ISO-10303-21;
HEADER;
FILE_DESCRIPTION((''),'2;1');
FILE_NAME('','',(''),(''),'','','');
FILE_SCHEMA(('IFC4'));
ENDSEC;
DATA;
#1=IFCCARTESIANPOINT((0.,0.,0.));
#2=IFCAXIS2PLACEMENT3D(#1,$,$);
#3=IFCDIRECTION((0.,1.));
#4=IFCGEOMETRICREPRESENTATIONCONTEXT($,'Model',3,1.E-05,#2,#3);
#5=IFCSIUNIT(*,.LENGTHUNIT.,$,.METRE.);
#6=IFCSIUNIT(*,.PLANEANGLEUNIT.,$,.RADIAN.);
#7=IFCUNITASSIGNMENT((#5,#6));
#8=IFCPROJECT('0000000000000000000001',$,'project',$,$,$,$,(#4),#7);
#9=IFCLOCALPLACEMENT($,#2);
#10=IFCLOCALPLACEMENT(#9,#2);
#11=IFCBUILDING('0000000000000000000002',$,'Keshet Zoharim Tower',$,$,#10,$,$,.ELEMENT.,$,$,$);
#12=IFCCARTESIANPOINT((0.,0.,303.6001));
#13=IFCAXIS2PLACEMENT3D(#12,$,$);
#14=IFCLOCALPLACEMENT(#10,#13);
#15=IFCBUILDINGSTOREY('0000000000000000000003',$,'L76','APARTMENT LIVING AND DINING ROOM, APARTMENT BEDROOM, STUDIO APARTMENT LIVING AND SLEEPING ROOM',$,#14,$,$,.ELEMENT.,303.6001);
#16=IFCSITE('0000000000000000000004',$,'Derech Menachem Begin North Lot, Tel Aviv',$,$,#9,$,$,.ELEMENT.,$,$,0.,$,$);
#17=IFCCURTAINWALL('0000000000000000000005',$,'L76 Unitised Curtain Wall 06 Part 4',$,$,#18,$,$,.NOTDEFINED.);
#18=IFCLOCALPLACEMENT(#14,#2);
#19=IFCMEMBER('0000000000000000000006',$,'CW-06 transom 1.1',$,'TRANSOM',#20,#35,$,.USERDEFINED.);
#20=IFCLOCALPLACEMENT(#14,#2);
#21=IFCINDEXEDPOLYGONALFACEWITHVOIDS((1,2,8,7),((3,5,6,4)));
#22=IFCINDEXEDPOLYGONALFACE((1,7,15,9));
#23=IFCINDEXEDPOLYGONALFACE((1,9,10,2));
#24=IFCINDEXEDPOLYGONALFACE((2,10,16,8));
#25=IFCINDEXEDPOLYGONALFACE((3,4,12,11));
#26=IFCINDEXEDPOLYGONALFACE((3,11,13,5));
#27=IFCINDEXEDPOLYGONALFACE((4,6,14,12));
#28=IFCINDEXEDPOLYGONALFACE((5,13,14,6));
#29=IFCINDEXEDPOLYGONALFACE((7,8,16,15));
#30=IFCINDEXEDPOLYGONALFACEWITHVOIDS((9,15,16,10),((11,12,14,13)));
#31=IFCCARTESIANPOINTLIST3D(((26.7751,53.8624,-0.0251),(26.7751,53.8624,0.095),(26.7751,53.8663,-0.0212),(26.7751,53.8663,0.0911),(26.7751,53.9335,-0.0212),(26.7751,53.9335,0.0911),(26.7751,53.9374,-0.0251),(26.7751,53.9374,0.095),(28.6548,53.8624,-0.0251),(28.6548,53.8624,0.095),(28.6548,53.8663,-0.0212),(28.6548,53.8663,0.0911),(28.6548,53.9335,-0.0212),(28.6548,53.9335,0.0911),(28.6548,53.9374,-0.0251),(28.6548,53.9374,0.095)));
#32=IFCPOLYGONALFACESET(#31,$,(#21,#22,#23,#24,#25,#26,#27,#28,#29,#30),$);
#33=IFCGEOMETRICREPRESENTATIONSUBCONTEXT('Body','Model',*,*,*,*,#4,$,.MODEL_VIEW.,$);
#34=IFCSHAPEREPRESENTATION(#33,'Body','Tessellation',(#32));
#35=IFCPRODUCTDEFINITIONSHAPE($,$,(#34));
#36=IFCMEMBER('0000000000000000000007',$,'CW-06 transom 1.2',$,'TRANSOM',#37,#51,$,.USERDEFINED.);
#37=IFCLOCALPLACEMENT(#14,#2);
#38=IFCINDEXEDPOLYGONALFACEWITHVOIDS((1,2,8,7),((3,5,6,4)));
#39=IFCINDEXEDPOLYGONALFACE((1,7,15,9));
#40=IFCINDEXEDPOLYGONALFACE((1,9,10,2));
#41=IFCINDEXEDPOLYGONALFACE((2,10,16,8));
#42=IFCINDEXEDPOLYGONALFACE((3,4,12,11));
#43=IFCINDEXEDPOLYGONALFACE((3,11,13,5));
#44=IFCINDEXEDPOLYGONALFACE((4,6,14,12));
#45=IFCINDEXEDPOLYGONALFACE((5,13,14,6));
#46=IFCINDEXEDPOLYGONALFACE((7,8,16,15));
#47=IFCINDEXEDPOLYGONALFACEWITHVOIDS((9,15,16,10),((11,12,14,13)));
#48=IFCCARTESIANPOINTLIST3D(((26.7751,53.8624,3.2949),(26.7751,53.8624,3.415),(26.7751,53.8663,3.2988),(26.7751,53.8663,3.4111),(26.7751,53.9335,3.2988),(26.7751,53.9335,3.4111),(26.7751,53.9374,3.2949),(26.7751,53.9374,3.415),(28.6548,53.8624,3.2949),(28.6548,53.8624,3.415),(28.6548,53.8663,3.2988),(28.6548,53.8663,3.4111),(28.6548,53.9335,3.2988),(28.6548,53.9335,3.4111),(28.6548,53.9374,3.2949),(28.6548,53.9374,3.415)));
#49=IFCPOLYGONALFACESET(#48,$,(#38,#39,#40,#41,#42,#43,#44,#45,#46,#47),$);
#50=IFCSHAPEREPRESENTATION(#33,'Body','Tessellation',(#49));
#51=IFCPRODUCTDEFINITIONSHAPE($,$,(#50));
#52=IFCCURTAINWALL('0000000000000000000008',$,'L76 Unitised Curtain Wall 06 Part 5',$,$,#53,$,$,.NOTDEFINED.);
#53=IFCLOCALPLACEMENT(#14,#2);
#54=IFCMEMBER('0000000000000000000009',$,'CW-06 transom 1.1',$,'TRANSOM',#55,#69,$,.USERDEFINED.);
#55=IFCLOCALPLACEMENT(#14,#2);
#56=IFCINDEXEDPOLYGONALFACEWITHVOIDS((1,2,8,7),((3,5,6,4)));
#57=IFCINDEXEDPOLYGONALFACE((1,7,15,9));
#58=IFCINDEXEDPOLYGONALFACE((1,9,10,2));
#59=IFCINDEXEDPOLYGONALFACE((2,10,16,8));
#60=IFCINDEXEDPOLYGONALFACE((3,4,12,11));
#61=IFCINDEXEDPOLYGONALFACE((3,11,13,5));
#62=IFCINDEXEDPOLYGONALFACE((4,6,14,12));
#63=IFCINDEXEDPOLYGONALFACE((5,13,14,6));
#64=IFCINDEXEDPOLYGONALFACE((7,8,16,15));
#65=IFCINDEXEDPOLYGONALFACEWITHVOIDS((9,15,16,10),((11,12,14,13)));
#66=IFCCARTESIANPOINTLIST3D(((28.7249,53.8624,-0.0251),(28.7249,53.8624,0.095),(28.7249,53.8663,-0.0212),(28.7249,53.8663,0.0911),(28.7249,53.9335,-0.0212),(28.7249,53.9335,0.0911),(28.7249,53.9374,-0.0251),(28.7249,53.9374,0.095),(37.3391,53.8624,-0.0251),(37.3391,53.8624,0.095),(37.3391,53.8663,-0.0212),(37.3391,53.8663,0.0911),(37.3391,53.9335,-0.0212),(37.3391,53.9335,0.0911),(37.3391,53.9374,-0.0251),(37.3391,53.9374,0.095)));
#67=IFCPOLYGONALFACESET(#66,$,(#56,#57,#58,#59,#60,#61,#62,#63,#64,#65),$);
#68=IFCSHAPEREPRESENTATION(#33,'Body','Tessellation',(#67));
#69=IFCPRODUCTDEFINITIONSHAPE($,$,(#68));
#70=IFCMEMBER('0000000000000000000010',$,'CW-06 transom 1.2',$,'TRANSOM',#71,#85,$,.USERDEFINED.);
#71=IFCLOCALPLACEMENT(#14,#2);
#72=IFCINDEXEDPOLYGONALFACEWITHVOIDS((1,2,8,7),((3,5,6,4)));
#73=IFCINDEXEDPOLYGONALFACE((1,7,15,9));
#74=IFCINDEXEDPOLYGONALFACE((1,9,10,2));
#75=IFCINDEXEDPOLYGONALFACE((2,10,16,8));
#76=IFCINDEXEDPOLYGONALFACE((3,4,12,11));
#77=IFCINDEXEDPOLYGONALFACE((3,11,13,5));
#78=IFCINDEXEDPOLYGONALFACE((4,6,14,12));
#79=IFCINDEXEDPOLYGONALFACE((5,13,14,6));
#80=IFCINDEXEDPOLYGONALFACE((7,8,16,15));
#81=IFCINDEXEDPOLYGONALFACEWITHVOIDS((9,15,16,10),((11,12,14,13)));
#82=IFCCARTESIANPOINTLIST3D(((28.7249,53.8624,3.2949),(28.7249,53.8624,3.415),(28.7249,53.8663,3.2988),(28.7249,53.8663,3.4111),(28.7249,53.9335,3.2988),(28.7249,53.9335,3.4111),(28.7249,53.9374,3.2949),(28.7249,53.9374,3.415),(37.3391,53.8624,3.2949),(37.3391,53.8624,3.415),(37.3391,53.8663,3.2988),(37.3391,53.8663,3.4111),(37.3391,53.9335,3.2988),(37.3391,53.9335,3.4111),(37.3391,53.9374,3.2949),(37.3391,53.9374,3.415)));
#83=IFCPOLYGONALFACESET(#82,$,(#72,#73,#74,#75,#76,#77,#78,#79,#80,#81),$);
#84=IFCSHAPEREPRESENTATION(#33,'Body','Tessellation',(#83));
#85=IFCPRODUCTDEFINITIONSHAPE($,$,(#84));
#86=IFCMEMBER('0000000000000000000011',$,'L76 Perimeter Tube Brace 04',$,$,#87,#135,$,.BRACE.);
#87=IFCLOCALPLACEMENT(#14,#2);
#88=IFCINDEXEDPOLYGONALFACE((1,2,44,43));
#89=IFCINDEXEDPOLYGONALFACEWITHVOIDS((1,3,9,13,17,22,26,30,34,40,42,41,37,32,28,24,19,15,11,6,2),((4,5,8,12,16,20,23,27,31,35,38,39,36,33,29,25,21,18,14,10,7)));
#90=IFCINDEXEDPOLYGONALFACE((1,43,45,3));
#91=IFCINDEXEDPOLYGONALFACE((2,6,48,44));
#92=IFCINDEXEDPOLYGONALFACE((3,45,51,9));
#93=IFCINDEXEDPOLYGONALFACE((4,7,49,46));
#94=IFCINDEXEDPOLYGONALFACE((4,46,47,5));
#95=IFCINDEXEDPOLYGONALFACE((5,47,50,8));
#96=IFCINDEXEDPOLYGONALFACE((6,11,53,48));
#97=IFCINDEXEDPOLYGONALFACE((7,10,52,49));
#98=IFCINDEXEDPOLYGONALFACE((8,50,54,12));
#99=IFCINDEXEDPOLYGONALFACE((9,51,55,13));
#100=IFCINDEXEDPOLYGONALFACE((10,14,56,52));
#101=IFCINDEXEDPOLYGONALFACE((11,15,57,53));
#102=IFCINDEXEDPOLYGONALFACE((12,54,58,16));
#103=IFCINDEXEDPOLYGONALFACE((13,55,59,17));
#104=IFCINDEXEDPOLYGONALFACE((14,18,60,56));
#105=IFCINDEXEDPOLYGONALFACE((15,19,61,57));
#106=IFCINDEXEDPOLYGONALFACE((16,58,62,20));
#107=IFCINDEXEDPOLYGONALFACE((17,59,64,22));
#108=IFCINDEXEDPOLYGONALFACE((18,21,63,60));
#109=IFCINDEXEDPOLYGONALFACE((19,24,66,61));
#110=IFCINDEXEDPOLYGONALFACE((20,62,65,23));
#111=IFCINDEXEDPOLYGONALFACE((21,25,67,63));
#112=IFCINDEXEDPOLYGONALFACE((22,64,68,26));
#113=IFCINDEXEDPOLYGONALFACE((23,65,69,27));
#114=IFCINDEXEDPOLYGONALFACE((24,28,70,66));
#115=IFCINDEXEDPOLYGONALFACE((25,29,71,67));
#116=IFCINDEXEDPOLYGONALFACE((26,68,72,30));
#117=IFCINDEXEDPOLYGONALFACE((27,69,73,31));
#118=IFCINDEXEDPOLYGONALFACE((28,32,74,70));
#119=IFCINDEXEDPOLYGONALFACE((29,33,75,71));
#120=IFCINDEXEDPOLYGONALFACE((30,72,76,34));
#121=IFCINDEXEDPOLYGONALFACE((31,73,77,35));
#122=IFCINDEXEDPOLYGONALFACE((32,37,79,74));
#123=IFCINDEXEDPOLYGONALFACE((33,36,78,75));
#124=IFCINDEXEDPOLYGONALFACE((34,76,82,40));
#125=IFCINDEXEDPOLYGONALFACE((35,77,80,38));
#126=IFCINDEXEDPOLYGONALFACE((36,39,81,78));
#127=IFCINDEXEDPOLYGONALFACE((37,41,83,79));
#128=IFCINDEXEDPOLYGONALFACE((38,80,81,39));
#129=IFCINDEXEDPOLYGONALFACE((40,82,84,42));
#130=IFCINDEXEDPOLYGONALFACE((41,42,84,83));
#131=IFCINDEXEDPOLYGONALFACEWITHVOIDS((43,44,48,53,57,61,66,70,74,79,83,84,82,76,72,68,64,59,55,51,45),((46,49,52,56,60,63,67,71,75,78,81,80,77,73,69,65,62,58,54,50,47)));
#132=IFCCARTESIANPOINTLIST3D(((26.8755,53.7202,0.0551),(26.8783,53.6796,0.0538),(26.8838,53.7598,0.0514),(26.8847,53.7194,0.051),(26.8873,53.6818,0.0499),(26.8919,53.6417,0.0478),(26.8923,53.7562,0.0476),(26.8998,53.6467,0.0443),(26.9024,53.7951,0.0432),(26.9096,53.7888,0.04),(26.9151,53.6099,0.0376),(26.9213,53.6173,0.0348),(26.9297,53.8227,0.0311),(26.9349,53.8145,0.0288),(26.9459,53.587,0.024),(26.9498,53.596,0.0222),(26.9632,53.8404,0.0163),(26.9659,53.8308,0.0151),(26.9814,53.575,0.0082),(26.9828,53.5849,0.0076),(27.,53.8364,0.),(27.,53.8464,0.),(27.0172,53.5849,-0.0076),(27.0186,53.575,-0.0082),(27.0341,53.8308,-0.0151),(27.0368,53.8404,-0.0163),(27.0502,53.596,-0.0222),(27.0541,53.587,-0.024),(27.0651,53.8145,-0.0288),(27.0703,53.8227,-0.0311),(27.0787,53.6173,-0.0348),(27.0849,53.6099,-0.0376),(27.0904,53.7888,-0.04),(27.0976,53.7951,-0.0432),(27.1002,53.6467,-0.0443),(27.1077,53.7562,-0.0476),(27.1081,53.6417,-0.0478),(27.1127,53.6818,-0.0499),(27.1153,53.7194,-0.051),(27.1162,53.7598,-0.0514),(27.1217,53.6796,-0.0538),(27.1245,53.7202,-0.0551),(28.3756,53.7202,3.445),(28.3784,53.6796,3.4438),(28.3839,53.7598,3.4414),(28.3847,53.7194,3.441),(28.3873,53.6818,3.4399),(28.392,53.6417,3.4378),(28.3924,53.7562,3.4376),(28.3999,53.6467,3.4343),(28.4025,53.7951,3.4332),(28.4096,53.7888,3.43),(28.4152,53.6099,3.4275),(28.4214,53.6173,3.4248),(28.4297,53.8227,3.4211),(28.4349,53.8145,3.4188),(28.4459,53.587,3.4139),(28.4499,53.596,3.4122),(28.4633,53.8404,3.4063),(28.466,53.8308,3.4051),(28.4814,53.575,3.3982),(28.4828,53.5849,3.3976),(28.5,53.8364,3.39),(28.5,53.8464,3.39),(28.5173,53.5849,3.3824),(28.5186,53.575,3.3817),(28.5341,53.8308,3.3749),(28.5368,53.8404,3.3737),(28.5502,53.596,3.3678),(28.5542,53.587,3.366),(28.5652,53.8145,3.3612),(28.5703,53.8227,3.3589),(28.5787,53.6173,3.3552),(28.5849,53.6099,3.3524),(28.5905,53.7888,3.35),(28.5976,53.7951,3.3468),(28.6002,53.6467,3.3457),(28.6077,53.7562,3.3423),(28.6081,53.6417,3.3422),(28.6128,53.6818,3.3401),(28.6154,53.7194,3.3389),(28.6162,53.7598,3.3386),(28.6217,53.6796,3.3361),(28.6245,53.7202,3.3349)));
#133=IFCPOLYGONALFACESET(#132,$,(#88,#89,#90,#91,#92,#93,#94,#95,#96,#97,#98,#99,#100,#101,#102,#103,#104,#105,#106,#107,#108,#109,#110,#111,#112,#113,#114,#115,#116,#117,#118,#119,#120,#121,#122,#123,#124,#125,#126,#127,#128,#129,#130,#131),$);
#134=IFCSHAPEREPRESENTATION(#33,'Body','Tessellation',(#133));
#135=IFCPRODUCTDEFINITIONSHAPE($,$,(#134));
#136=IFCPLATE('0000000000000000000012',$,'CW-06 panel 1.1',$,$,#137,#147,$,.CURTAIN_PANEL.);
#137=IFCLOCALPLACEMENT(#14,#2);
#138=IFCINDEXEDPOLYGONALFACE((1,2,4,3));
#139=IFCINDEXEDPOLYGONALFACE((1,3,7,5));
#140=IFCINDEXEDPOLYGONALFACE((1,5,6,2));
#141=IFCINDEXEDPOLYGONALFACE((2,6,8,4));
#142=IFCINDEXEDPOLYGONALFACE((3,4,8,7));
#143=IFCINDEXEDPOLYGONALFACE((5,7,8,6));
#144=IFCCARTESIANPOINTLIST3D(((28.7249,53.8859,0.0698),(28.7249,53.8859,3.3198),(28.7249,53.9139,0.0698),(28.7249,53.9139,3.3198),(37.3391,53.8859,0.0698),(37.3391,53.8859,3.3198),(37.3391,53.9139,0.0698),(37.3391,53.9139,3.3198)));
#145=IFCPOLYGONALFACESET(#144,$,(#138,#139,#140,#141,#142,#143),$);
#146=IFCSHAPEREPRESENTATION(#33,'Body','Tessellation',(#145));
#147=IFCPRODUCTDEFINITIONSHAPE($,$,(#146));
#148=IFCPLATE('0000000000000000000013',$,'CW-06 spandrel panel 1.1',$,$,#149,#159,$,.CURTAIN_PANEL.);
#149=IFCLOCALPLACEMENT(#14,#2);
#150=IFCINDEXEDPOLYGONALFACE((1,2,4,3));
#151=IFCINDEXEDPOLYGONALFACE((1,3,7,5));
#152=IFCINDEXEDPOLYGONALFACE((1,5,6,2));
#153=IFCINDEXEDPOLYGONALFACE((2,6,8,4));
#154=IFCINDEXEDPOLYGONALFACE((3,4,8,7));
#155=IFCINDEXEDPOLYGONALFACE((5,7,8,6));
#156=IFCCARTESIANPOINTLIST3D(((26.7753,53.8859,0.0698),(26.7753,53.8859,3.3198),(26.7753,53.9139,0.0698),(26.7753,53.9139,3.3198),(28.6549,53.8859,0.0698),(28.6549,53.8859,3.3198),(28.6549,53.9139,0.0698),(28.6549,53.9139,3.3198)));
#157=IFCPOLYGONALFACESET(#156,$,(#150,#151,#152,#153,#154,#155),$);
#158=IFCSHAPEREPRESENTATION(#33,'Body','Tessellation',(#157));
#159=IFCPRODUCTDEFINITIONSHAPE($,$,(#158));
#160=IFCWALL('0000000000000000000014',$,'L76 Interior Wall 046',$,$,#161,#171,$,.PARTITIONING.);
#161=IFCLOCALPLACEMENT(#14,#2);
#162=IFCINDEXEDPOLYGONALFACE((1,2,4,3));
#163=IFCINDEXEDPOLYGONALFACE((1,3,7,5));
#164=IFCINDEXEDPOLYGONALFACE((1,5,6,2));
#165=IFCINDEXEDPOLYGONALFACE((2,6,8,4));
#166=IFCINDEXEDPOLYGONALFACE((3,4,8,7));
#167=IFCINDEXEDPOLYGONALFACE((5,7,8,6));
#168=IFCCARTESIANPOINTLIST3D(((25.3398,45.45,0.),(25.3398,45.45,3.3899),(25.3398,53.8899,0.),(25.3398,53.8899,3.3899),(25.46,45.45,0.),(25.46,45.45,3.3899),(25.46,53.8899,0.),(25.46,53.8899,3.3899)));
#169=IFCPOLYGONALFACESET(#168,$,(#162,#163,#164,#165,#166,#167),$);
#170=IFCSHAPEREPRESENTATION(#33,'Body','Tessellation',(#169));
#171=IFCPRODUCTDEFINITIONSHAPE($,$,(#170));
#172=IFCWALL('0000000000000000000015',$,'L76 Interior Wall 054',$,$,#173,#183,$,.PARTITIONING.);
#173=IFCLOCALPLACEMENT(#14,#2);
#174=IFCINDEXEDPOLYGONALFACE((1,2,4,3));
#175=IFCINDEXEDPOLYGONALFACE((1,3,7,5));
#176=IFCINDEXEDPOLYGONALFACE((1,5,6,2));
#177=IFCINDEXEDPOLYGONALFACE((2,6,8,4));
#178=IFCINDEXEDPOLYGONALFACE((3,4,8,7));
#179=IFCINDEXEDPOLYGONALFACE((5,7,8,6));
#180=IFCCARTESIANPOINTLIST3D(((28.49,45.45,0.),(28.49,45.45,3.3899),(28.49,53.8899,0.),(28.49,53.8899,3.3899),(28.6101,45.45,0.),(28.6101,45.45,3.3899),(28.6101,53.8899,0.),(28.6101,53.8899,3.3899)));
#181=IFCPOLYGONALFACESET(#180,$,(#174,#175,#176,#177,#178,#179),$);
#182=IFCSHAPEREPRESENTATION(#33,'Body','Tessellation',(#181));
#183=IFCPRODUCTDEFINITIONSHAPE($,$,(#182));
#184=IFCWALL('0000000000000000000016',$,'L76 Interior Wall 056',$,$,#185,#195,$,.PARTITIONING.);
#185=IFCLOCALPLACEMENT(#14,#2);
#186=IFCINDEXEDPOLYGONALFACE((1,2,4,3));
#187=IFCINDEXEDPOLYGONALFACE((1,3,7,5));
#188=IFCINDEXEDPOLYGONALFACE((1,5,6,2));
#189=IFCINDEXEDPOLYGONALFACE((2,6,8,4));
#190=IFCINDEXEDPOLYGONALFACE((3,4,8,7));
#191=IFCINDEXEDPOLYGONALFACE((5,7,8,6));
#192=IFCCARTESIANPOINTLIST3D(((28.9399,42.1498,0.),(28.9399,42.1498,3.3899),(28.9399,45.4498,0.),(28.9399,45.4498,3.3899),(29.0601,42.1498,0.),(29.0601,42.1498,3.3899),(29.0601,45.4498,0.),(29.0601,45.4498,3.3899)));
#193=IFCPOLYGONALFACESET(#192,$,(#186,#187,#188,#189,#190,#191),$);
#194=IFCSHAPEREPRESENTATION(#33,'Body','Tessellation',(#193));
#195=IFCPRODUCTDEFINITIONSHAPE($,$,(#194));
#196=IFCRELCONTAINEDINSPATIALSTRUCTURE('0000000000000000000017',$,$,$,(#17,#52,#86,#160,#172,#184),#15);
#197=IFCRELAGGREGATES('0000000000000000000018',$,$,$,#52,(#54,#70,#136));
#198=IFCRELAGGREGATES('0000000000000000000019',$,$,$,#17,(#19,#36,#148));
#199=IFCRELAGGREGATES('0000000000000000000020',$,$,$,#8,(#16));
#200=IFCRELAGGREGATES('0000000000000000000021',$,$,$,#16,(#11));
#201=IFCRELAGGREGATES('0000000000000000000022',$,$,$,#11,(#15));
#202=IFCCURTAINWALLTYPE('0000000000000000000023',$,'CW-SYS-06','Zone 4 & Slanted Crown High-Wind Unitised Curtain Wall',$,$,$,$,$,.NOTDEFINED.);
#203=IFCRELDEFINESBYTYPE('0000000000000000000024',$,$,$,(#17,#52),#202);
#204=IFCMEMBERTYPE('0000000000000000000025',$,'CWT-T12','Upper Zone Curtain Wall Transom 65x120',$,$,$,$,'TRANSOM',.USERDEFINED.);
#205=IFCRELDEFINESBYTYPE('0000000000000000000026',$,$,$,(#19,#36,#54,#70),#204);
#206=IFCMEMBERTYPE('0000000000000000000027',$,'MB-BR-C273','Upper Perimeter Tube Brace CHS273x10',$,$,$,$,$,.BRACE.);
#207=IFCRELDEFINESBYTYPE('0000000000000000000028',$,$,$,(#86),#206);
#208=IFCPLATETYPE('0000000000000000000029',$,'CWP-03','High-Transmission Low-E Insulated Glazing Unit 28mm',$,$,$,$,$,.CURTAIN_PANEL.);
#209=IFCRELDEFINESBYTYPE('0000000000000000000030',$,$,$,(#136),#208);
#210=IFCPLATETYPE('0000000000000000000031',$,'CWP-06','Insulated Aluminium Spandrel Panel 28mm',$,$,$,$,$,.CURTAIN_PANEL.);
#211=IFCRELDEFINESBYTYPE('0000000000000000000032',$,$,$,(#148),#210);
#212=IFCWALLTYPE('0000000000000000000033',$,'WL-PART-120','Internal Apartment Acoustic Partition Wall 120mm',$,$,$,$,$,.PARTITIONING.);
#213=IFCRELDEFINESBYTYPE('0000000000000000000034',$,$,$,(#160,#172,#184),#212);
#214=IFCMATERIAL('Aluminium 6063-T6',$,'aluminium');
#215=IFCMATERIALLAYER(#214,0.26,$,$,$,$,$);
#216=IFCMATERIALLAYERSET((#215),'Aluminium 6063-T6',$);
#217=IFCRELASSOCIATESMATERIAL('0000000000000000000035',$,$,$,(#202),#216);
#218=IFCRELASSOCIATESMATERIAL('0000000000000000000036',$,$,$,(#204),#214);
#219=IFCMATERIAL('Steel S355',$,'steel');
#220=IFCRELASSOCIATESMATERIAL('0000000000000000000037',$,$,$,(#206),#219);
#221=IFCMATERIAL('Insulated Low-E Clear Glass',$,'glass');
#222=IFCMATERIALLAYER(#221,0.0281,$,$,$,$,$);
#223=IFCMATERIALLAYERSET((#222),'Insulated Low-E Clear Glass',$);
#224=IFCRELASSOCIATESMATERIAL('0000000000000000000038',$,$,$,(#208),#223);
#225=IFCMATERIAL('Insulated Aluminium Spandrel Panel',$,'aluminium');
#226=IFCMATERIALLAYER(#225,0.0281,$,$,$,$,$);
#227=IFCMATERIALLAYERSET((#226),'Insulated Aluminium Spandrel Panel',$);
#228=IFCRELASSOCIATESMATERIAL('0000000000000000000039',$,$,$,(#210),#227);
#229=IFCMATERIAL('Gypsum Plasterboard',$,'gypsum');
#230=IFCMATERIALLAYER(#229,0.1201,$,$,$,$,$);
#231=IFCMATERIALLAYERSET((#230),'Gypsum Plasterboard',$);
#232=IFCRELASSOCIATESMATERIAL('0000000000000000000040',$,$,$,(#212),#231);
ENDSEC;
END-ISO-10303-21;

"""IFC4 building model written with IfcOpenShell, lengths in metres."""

from ifc_helpers import new_model, si_unit, direction, frame, frame_2d, origin, origin_2d, place, context, subcontext, project, spatial, rectangle, hollow_rectangle, hollow_circle, extrude, material, layer, layer_set, material_profile, profile_set, type_object, element, aggregate, save


model = new_model("IFC4")

# Units and contexts
model_context = context("Model", 3, precision=1e-05, world=origin(), true_north=direction((0.0, 1.0)))
body_context = subcontext(model_context, "Body", "Model", "MODEL_VIEW")
ifc_project = project(units=[si_unit("LENGTHUNIT", "METRE"), si_unit("PLANEANGLEUNIT", "RADIAN")], contexts=[model_context])

# Site, building, storey
site_placement = place(None, origin())
site = spatial("IfcSite", under=ifc_project, at=site_placement, Name="Derech Menachem Begin North Lot, Tel Aviv", CompositionType="ELEMENT", RefElevation=0.0)
building_placement = place(site_placement, origin())
building = spatial("IfcBuilding", under=site, at=building_placement, Name="Keshet Zoharim Tower", CompositionType="ELEMENT")
storey_placement = place(building_placement, frame((0.0, 0.0, 303.6001)))
storey = spatial("IfcBuildingStorey", under=building, at=storey_placement, Name="L76", Description="APARTMENT LIVING AND DINING ROOM, APARTMENT BEDROOM, STUDIO APARTMENT LIVING AND SLEEPING ROOM", CompositionType="ELEMENT", Elevation=303.6001)

# Shared definitions
ifc_material_1 = material(Name="Steel S355", Category="steel")

# Shared definitions
ifc_material_2 = material(Name="Aluminium 6063-T6", Category="aluminium")
ifc_layer_1 = layer(ifc_material_2, 0.26)
ifc_layer_set_1 = layer_set([ifc_layer_1], Name="Aluminium 6063-T6")
curtain_wall_type = type_object("IfcCurtainWallType", Name="CW-SYS-06", Description="Zone 4 & Slanted Crown High-Wind Unitised Curtain Wall", PredefinedType="NOTDEFINED", material=ifc_layer_set_1)

# Curtain walls, members
curtain_wall_1_placement = place(storey_placement, origin())
curtain_wall_1 = element("IfcCurtainWall", 1, at=curtain_wall_1_placement, inside=storey, type_object=curtain_wall_type, Name="L76 Unitised Curtain Wall 06 Part 4", PredefinedType="NOTDEFINED")
ifc_material_profile_1 = material_profile(ifc_material_2, hollow_rectangle(XDim=0.075, YDim=0.1201, WallThickness=0.0039, at=origin_2d()), Name="TRN-75x120")
ifc_profile_set_1 = profile_set([ifc_material_profile_1], Name="Aluminium 6063-T6")
member_type_1 = type_object("IfcMemberType", Name="CWT-T12", Description="Upper Zone Curtain Wall Transom 65x120", ElementType="TRANSOM", PredefinedType="USERDEFINED", material=ifc_profile_set_1)
member_1_placement = place(storey_placement, frame((26.7751, 53.8999, 0.0349), z_axis=(1.0, 0.0, 0.0), x_axis=(0.0, 1.0, 0.0)))
member_1 = element("IfcMember", 2, at=member_1_placement, type_object=member_type_1, Name="CW-06 transom 1.1", ObjectType="TRANSOM", PredefinedType="USERDEFINED", context=body_context, shape_type="SweptSolid", body=[
    extrude(hollow_rectangle(XDim=0.075, YDim=0.1201, WallThickness=0.0039, at=origin_2d()), origin(), (0.0, 0.0, 1.0), 1.8796),
])
member_2_placement = place(storey_placement, frame((26.7751, 53.8999, 3.355), z_axis=(1.0, 0.0, 0.0), x_axis=(0.0, 1.0, 0.0)))
member_2 = element("IfcMember", 3, at=member_2_placement, type_object=member_type_1, Name="CW-06 transom 1.2", ObjectType="TRANSOM", PredefinedType="USERDEFINED", context=body_context, shape_type="SweptSolid", body=[
    extrude(hollow_rectangle(XDim=0.075, YDim=0.1201, WallThickness=0.0039, at=origin_2d()), origin(), (0.0, 0.0, 1.0), 1.8796),
])
curtain_wall_2_placement = place(storey_placement, origin())
curtain_wall_2 = element("IfcCurtainWall", 4, at=curtain_wall_2_placement, inside=storey, type_object=curtain_wall_type, Name="L76 Unitised Curtain Wall 06 Part 5", PredefinedType="NOTDEFINED")
member_3_placement = place(storey_placement, frame((28.7249, 53.8999, 0.0349), z_axis=(1.0, 0.0, 0.0), x_axis=(0.0, 1.0, 0.0)))
member_3 = element("IfcMember", 5, at=member_3_placement, type_object=member_type_1, Name="CW-06 transom 1.1", ObjectType="TRANSOM", PredefinedType="USERDEFINED", context=body_context, shape_type="SweptSolid", body=[
    extrude(hollow_rectangle(XDim=0.075, YDim=0.1201, WallThickness=0.0039, at=origin_2d()), origin(), (0.0, 0.0, 1.0), 8.6143),
])
member_4_placement = place(storey_placement, frame((28.7249, 53.8999, 3.355), z_axis=(1.0, 0.0, 0.0), x_axis=(0.0, 1.0, 0.0)))
member_4 = element("IfcMember", 6, at=member_4_placement, type_object=member_type_1, Name="CW-06 transom 1.2", ObjectType="TRANSOM", PredefinedType="USERDEFINED", context=body_context, shape_type="SweptSolid", body=[
    extrude(hollow_rectangle(XDim=0.075, YDim=0.1201, WallThickness=0.0039, at=origin_2d()), origin(), (0.0, 0.0, 1.0), 8.6143),
])

# Member
ifc_material_profile_2 = material_profile(ifc_material_1, hollow_circle(Radius=0.1365, WallThickness=0.01, at=origin_2d()), Name="CHS273x10")
ifc_profile_set_2 = profile_set([ifc_material_profile_2], Name="Steel S355")
member_type_2 = type_object("IfcMemberType", Name="MB-BR-C273", Description="Upper Perimeter Tube Brace CHS273x10", PredefinedType="BRACE", material=ifc_profile_set_2)
member_5_placement = place(storey_placement, frame((27.0, 53.71, 0.0), z_axis=(0.404647, 0.0, 0.914473), x_axis=(0.0, 1.0, 0.0)))
element("IfcMember", 7, at=member_5_placement, inside=storey, type_object=member_type_2, Name="L76 Perimeter Tube Brace 04", PredefinedType="BRACE", context=body_context, shape_type="SweptSolid", body=[
    extrude(hollow_circle(Radius=0.1365, WallThickness=0.01, at=origin_2d()), origin(), (0.0, 0.0, 1.0), 3.707),
])

# Plates
ifc_material_3 = material(Name="Insulated Low-E Clear Glass", Category="glass")
ifc_layer_2 = layer(ifc_material_3, 0.0281)
ifc_layer_set_2 = layer_set([ifc_layer_2], Name="Insulated Low-E Clear Glass")
plate_type_1 = type_object("IfcPlateType", Name="CWP-03", Description="High-Transmission Low-E Insulated Glazing Unit 28mm", PredefinedType="CURTAIN_PANEL", material=ifc_layer_set_2)
plate_1_placement = place(storey_placement, frame((33.032, 53.8999, 0.0698), z_axis=(0.0, 0.0, 1.0), x_axis=(1.0, 0.0, 0.0)))
plate_1 = element("IfcPlate", 8, at=plate_1_placement, type_object=plate_type_1, Name="CW-06 panel 1.1", PredefinedType="CURTAIN_PANEL", context=body_context, shape_type="SweptSolid", body=[
    extrude(rectangle(XDim=8.6143, YDim=0.0281, at=origin_2d()), origin(), (0.0, 0.0, 1.0), 3.25),
])
aggregate(curtain_wall_2, [member_3, member_4, plate_1])
ifc_material_4 = material(Name="Insulated Aluminium Spandrel Panel", Category="aluminium")
ifc_layer_3 = layer(ifc_material_4, 0.0281)
ifc_layer_set_3 = layer_set([ifc_layer_3], Name="Insulated Aluminium Spandrel Panel")
plate_type_2 = type_object("IfcPlateType", Name="CWP-06", Description="Insulated Aluminium Spandrel Panel 28mm", PredefinedType="CURTAIN_PANEL", material=ifc_layer_set_3)
plate_2_placement = place(storey_placement, frame((27.7151, 53.8999, 0.0698), z_axis=(0.0, 0.0, 1.0), x_axis=(1.0, 0.0, 0.0)))
plate_2 = element("IfcPlate", 9, at=plate_2_placement, type_object=plate_type_2, Name="CW-06 spandrel panel 1.1", PredefinedType="CURTAIN_PANEL", context=body_context, shape_type="SweptSolid", body=[
    extrude(rectangle(XDim=1.8796, YDim=0.0281, at=origin_2d()), origin(), (0.0, 0.0, 1.0), 3.25),
])
aggregate(curtain_wall_1, [member_1, member_2, plate_2])

# Walls
ifc_material_5 = material(Name="Gypsum Plasterboard", Category="gypsum")
ifc_layer_4 = layer(ifc_material_5, 0.1201)
ifc_layer_set_4 = layer_set([ifc_layer_4], Name="Gypsum Plasterboard")
wall_type_1 = type_object("IfcWallType", Name="WL-PART-120", Description="Internal Apartment Acoustic Partition Wall 120mm", PredefinedType="PARTITIONING", material=ifc_layer_set_4)
for number, where, z_axis, x_axis, name in (
    (10, (25.3999, 45.45, 0.0), (0.0, 0.0, 1.0), (0.0, 1.0, 0.0), "L76 Interior Wall 046"),
    (11, (28.55, 45.45, 0.0), (0.0, 0.0, 1.0), (0.0, 1.0, 0.0), "L76 Interior Wall 054"),
):
    element("IfcWall", number, at=place(storey_placement, frame(where, z_axis=z_axis, x_axis=x_axis)), inside=storey, type_object=wall_type_1, Name=name, PredefinedType="PARTITIONING", context=body_context, shape_type="SweptSolid", body=[
        extrude(rectangle(XDim=8.4399, YDim=0.1201, at=frame_2d((4.22, 0.0))), origin(), (0.0, 0.0, 1.0), 3.3899),
    ])
wall_1_placement = place(storey_placement, frame((29.0, 42.1499, 0.0), z_axis=(0.0, 0.0, 1.0), x_axis=(0.0, 1.0, 0.0)))
element("IfcWall", 12, at=wall_1_placement, inside=storey, type_object=wall_type_1, Name="L76 Interior Wall 056", PredefinedType="PARTITIONING", context=body_context, shape_type="SweptSolid", body=[
    extrude(rectangle(XDim=3.3, YDim=0.1201, at=frame_2d((1.6499, 0.0))), origin(), (0.0, 0.0, 1.0), 3.3899),
])

save(model, "model.ifc")
